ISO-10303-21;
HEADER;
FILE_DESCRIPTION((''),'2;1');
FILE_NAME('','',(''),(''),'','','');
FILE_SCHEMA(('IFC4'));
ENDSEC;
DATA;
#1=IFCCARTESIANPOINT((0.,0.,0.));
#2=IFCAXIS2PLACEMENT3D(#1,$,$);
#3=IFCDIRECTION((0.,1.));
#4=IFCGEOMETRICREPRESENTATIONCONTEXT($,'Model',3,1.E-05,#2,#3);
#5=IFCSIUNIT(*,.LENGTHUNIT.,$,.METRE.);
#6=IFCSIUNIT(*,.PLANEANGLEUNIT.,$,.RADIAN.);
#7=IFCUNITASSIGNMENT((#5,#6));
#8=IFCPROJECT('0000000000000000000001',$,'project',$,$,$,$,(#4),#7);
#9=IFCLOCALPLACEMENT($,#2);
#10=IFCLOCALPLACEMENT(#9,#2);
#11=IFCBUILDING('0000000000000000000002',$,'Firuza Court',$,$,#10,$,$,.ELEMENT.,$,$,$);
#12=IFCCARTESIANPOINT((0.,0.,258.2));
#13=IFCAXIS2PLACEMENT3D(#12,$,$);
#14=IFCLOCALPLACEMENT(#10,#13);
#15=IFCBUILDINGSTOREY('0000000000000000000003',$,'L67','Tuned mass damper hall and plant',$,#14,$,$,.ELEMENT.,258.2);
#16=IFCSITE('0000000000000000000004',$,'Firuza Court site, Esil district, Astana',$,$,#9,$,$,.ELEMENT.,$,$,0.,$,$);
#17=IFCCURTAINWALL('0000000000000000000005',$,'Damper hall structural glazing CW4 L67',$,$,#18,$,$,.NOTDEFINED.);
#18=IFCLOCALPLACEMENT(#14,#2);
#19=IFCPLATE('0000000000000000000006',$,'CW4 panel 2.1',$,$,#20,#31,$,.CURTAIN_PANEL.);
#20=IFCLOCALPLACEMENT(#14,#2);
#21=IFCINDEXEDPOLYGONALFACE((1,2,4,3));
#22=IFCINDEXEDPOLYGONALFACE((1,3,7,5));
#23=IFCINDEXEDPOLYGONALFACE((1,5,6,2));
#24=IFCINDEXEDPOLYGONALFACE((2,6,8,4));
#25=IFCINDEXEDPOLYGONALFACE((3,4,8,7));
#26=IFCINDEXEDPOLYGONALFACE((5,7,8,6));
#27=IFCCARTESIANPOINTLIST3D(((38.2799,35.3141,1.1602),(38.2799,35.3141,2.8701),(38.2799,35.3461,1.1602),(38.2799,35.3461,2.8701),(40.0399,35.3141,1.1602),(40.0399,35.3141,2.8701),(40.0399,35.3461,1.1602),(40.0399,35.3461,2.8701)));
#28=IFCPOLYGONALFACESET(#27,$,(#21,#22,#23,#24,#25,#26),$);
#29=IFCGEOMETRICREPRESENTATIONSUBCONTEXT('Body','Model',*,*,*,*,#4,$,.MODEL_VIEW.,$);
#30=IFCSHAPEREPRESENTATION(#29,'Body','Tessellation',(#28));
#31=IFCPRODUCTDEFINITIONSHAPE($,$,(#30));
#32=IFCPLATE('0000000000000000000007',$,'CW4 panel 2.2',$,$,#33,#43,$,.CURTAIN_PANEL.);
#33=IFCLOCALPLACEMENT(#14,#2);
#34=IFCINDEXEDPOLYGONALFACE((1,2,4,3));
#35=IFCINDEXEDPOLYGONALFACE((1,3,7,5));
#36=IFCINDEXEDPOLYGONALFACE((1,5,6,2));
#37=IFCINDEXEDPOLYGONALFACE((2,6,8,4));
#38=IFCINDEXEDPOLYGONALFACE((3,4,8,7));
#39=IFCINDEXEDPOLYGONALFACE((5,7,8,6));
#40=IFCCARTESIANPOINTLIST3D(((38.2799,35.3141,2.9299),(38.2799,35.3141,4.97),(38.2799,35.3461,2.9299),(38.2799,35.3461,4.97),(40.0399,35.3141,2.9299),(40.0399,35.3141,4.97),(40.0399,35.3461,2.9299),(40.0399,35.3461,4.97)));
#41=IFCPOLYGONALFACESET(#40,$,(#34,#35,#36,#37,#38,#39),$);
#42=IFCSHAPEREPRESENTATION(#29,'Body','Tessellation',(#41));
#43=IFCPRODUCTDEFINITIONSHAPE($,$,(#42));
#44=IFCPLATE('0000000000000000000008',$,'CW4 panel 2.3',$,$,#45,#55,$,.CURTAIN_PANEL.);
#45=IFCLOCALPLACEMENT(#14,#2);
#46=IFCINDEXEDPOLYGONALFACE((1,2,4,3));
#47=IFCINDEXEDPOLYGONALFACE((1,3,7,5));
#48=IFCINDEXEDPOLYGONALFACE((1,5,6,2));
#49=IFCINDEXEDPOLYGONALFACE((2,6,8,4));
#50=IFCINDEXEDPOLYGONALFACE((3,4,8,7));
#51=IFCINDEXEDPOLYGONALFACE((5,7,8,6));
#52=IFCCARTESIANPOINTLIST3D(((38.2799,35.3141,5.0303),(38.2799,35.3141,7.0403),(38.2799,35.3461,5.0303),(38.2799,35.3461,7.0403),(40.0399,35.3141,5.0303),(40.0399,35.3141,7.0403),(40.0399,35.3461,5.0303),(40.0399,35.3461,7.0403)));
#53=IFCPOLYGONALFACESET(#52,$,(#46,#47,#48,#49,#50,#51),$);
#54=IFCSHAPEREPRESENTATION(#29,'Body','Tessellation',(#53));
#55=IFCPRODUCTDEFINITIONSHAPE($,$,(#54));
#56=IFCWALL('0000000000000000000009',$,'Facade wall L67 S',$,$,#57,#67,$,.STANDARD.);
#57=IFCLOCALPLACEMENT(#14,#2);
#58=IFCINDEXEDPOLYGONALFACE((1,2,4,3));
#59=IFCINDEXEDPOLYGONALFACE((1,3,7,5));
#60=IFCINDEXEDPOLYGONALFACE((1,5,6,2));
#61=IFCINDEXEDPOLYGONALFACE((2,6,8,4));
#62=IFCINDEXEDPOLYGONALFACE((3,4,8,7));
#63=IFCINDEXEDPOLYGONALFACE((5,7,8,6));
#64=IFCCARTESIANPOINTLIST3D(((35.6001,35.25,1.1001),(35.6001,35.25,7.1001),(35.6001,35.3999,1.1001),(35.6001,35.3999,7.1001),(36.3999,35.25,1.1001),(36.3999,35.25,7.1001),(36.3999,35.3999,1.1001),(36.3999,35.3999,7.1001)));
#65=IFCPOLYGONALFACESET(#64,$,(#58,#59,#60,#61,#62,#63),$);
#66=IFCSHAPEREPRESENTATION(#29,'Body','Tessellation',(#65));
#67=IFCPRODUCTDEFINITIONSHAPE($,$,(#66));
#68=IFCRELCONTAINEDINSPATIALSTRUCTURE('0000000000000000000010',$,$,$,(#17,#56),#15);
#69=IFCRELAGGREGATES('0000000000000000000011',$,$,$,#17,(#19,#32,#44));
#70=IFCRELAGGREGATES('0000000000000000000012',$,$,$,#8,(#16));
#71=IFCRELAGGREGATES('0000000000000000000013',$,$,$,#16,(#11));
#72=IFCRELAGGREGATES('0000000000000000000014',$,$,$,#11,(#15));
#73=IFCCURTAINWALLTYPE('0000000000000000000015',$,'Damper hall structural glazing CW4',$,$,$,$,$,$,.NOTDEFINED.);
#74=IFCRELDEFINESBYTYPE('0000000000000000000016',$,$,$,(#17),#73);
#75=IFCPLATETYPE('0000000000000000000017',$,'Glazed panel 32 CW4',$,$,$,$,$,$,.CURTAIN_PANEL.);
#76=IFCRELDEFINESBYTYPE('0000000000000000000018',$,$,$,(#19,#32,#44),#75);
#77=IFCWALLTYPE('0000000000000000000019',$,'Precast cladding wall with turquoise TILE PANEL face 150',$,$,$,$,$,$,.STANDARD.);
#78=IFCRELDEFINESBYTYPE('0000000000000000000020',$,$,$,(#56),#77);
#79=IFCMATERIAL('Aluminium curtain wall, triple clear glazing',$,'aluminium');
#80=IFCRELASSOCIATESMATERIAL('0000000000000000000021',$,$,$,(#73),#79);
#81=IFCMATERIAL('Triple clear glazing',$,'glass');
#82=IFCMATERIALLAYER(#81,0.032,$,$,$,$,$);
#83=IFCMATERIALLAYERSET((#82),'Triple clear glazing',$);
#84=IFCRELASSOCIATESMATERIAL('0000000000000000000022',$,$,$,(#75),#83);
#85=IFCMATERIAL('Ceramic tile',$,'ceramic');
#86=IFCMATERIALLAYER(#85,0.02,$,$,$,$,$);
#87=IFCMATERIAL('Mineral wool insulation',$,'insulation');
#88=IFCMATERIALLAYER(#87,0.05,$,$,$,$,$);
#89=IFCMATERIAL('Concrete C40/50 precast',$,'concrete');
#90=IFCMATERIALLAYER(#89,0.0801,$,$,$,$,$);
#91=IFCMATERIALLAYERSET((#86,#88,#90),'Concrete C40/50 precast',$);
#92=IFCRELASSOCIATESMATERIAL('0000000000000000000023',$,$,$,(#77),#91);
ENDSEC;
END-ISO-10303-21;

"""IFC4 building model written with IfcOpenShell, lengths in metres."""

from ifc_helpers import new_model, si_unit, direction, frame, frame_2d, origin, origin_2d, place, context, subcontext, project, spatial, rectangle, extrude, material, layer, layer_set, type_object, element, aggregate, save


model = new_model("IFC4")

# Units and contexts
model_context = context("Model", 3, precision=1e-05, world=origin(), true_north=direction((0.0, 1.0)))
body_context = subcontext(model_context, "Body", "Model", "MODEL_VIEW")
ifc_project = project(units=[si_unit("LENGTHUNIT", "METRE"), si_unit("PLANEANGLEUNIT", "RADIAN")], contexts=[model_context])

# Site, building, storey
site_placement = place(None, origin())
site = spatial("IfcSite", under=ifc_project, at=site_placement, Name="Firuza Court site, Esil district, Astana", CompositionType="ELEMENT", RefElevation=0.0)
building_placement = place(site_placement, origin())
building = spatial("IfcBuilding", under=site, at=building_placement, Name="Firuza Court", CompositionType="ELEMENT")
storey_placement = place(building_placement, frame((0.0, 0.0, 258.2)))
storey = spatial("IfcBuildingStorey", under=building, at=storey_placement, Name="L67", Description="Tuned mass damper hall and plant", CompositionType="ELEMENT", Elevation=258.2)

# Shared definitions
ifc_material_1 = material(Name="Aluminium curtain wall, triple clear glazing", Category="aluminium")
curtain_wall_type = type_object("IfcCurtainWallType", Name="Damper hall structural glazing CW4", PredefinedType="NOTDEFINED", material=ifc_material_1)

# Curtain wall
curtain_wall_1_placement = place(storey_placement, origin())
curtain_wall_1 = element("IfcCurtainWall", 1, at=curtain_wall_1_placement, inside=storey, type_object=curtain_wall_type, Name="Damper hall structural glazing CW4 L67", PredefinedType="NOTDEFINED")

# Plates
ifc_material_2 = material(Name="Triple clear glazing", Category="glass")
ifc_layer_1 = layer(ifc_material_2, 0.032)
ifc_layer_set_1 = layer_set([ifc_layer_1], Name="Triple clear glazing")
plate_type = type_object("IfcPlateType", Name="Glazed panel 32 CW4", PredefinedType="CURTAIN_PANEL", material=ifc_layer_set_1)
plate_1_placement = place(storey_placement, frame((39.1599, 35.3301, 1.1602), z_axis=(0.0, 0.0, 1.0), x_axis=(1.0, 0.0, 0.0)))
plate_1 = element("IfcPlate", 2, at=plate_1_placement, type_object=plate_type, Name="CW4 panel 2.1", PredefinedType="CURTAIN_PANEL", context=body_context, shape_type="SweptSolid", body=[
    extrude(rectangle(XDim=1.76, YDim=0.032, at=origin_2d()), origin(), (0.0, 0.0, 1.0), 1.71),
])
plate_2_placement = place(storey_placement, frame((39.1599, 35.3301, 2.9299), z_axis=(0.0, 0.0, 1.0), x_axis=(1.0, 0.0, 0.0)))
plate_2 = element("IfcPlate", 3, at=plate_2_placement, type_object=plate_type, Name="CW4 panel 2.2", PredefinedType="CURTAIN_PANEL", context=body_context, shape_type="SweptSolid", body=[
    extrude(rectangle(XDim=1.76, YDim=0.032, at=origin_2d()), origin(), (0.0, 0.0, 1.0), 2.04),
])
plate_3_placement = place(storey_placement, frame((39.1599, 35.3301, 5.0303), z_axis=(0.0, 0.0, 1.0), x_axis=(1.0, 0.0, 0.0)))
plate_3 = element("IfcPlate", 4, at=plate_3_placement, type_object=plate_type, Name="CW4 panel 2.3", PredefinedType="CURTAIN_PANEL", context=body_context, shape_type="SweptSolid", body=[
    extrude(rectangle(XDim=1.76, YDim=0.032, at=origin_2d()), origin(), (0.0, 0.0, 1.0), 2.01),
])
aggregate(curtain_wall_1, [plate_1, plate_2, plate_3])

# Wall
ifc_material_3 = material(Name="Ceramic tile", Category="ceramic")
ifc_layer_2 = layer(ifc_material_3, 0.02)
ifc_material_4 = material(Name="Mineral wool insulation", Category="insulation")
ifc_layer_3 = layer(ifc_material_4, 0.05)
ifc_material_5 = material(Name="Concrete C40/50 precast", Category="concrete")
ifc_layer_4 = layer(ifc_material_5, 0.0801)
ifc_layer_set_2 = layer_set([ifc_layer_2, ifc_layer_3, ifc_layer_4], Name="Concrete C40/50 precast")
wall_type = type_object("IfcWallType", Name="Precast cladding wall with turquoise TILE PANEL face 150", PredefinedType="STANDARD", material=ifc_layer_set_2)
wall_placement = place(storey_placement, frame((35.6001, 35.325, 1.1001), z_axis=(0.0, 0.0, 1.0), x_axis=(1.0, 0.0, 0.0)))
element("IfcWall", 5, at=wall_placement, inside=storey, type_object=wall_type, Name="Facade wall L67 S", PredefinedType="STANDARD", context=body_context, shape_type="SweptSolid", body=[
    extrude(rectangle(XDim=0.7998, YDim=0.1499, at=frame_2d((0.3999, 0.0))), origin(), (0.0, 0.0, 1.0), 6.0),
])

save(model, "model.ifc")
